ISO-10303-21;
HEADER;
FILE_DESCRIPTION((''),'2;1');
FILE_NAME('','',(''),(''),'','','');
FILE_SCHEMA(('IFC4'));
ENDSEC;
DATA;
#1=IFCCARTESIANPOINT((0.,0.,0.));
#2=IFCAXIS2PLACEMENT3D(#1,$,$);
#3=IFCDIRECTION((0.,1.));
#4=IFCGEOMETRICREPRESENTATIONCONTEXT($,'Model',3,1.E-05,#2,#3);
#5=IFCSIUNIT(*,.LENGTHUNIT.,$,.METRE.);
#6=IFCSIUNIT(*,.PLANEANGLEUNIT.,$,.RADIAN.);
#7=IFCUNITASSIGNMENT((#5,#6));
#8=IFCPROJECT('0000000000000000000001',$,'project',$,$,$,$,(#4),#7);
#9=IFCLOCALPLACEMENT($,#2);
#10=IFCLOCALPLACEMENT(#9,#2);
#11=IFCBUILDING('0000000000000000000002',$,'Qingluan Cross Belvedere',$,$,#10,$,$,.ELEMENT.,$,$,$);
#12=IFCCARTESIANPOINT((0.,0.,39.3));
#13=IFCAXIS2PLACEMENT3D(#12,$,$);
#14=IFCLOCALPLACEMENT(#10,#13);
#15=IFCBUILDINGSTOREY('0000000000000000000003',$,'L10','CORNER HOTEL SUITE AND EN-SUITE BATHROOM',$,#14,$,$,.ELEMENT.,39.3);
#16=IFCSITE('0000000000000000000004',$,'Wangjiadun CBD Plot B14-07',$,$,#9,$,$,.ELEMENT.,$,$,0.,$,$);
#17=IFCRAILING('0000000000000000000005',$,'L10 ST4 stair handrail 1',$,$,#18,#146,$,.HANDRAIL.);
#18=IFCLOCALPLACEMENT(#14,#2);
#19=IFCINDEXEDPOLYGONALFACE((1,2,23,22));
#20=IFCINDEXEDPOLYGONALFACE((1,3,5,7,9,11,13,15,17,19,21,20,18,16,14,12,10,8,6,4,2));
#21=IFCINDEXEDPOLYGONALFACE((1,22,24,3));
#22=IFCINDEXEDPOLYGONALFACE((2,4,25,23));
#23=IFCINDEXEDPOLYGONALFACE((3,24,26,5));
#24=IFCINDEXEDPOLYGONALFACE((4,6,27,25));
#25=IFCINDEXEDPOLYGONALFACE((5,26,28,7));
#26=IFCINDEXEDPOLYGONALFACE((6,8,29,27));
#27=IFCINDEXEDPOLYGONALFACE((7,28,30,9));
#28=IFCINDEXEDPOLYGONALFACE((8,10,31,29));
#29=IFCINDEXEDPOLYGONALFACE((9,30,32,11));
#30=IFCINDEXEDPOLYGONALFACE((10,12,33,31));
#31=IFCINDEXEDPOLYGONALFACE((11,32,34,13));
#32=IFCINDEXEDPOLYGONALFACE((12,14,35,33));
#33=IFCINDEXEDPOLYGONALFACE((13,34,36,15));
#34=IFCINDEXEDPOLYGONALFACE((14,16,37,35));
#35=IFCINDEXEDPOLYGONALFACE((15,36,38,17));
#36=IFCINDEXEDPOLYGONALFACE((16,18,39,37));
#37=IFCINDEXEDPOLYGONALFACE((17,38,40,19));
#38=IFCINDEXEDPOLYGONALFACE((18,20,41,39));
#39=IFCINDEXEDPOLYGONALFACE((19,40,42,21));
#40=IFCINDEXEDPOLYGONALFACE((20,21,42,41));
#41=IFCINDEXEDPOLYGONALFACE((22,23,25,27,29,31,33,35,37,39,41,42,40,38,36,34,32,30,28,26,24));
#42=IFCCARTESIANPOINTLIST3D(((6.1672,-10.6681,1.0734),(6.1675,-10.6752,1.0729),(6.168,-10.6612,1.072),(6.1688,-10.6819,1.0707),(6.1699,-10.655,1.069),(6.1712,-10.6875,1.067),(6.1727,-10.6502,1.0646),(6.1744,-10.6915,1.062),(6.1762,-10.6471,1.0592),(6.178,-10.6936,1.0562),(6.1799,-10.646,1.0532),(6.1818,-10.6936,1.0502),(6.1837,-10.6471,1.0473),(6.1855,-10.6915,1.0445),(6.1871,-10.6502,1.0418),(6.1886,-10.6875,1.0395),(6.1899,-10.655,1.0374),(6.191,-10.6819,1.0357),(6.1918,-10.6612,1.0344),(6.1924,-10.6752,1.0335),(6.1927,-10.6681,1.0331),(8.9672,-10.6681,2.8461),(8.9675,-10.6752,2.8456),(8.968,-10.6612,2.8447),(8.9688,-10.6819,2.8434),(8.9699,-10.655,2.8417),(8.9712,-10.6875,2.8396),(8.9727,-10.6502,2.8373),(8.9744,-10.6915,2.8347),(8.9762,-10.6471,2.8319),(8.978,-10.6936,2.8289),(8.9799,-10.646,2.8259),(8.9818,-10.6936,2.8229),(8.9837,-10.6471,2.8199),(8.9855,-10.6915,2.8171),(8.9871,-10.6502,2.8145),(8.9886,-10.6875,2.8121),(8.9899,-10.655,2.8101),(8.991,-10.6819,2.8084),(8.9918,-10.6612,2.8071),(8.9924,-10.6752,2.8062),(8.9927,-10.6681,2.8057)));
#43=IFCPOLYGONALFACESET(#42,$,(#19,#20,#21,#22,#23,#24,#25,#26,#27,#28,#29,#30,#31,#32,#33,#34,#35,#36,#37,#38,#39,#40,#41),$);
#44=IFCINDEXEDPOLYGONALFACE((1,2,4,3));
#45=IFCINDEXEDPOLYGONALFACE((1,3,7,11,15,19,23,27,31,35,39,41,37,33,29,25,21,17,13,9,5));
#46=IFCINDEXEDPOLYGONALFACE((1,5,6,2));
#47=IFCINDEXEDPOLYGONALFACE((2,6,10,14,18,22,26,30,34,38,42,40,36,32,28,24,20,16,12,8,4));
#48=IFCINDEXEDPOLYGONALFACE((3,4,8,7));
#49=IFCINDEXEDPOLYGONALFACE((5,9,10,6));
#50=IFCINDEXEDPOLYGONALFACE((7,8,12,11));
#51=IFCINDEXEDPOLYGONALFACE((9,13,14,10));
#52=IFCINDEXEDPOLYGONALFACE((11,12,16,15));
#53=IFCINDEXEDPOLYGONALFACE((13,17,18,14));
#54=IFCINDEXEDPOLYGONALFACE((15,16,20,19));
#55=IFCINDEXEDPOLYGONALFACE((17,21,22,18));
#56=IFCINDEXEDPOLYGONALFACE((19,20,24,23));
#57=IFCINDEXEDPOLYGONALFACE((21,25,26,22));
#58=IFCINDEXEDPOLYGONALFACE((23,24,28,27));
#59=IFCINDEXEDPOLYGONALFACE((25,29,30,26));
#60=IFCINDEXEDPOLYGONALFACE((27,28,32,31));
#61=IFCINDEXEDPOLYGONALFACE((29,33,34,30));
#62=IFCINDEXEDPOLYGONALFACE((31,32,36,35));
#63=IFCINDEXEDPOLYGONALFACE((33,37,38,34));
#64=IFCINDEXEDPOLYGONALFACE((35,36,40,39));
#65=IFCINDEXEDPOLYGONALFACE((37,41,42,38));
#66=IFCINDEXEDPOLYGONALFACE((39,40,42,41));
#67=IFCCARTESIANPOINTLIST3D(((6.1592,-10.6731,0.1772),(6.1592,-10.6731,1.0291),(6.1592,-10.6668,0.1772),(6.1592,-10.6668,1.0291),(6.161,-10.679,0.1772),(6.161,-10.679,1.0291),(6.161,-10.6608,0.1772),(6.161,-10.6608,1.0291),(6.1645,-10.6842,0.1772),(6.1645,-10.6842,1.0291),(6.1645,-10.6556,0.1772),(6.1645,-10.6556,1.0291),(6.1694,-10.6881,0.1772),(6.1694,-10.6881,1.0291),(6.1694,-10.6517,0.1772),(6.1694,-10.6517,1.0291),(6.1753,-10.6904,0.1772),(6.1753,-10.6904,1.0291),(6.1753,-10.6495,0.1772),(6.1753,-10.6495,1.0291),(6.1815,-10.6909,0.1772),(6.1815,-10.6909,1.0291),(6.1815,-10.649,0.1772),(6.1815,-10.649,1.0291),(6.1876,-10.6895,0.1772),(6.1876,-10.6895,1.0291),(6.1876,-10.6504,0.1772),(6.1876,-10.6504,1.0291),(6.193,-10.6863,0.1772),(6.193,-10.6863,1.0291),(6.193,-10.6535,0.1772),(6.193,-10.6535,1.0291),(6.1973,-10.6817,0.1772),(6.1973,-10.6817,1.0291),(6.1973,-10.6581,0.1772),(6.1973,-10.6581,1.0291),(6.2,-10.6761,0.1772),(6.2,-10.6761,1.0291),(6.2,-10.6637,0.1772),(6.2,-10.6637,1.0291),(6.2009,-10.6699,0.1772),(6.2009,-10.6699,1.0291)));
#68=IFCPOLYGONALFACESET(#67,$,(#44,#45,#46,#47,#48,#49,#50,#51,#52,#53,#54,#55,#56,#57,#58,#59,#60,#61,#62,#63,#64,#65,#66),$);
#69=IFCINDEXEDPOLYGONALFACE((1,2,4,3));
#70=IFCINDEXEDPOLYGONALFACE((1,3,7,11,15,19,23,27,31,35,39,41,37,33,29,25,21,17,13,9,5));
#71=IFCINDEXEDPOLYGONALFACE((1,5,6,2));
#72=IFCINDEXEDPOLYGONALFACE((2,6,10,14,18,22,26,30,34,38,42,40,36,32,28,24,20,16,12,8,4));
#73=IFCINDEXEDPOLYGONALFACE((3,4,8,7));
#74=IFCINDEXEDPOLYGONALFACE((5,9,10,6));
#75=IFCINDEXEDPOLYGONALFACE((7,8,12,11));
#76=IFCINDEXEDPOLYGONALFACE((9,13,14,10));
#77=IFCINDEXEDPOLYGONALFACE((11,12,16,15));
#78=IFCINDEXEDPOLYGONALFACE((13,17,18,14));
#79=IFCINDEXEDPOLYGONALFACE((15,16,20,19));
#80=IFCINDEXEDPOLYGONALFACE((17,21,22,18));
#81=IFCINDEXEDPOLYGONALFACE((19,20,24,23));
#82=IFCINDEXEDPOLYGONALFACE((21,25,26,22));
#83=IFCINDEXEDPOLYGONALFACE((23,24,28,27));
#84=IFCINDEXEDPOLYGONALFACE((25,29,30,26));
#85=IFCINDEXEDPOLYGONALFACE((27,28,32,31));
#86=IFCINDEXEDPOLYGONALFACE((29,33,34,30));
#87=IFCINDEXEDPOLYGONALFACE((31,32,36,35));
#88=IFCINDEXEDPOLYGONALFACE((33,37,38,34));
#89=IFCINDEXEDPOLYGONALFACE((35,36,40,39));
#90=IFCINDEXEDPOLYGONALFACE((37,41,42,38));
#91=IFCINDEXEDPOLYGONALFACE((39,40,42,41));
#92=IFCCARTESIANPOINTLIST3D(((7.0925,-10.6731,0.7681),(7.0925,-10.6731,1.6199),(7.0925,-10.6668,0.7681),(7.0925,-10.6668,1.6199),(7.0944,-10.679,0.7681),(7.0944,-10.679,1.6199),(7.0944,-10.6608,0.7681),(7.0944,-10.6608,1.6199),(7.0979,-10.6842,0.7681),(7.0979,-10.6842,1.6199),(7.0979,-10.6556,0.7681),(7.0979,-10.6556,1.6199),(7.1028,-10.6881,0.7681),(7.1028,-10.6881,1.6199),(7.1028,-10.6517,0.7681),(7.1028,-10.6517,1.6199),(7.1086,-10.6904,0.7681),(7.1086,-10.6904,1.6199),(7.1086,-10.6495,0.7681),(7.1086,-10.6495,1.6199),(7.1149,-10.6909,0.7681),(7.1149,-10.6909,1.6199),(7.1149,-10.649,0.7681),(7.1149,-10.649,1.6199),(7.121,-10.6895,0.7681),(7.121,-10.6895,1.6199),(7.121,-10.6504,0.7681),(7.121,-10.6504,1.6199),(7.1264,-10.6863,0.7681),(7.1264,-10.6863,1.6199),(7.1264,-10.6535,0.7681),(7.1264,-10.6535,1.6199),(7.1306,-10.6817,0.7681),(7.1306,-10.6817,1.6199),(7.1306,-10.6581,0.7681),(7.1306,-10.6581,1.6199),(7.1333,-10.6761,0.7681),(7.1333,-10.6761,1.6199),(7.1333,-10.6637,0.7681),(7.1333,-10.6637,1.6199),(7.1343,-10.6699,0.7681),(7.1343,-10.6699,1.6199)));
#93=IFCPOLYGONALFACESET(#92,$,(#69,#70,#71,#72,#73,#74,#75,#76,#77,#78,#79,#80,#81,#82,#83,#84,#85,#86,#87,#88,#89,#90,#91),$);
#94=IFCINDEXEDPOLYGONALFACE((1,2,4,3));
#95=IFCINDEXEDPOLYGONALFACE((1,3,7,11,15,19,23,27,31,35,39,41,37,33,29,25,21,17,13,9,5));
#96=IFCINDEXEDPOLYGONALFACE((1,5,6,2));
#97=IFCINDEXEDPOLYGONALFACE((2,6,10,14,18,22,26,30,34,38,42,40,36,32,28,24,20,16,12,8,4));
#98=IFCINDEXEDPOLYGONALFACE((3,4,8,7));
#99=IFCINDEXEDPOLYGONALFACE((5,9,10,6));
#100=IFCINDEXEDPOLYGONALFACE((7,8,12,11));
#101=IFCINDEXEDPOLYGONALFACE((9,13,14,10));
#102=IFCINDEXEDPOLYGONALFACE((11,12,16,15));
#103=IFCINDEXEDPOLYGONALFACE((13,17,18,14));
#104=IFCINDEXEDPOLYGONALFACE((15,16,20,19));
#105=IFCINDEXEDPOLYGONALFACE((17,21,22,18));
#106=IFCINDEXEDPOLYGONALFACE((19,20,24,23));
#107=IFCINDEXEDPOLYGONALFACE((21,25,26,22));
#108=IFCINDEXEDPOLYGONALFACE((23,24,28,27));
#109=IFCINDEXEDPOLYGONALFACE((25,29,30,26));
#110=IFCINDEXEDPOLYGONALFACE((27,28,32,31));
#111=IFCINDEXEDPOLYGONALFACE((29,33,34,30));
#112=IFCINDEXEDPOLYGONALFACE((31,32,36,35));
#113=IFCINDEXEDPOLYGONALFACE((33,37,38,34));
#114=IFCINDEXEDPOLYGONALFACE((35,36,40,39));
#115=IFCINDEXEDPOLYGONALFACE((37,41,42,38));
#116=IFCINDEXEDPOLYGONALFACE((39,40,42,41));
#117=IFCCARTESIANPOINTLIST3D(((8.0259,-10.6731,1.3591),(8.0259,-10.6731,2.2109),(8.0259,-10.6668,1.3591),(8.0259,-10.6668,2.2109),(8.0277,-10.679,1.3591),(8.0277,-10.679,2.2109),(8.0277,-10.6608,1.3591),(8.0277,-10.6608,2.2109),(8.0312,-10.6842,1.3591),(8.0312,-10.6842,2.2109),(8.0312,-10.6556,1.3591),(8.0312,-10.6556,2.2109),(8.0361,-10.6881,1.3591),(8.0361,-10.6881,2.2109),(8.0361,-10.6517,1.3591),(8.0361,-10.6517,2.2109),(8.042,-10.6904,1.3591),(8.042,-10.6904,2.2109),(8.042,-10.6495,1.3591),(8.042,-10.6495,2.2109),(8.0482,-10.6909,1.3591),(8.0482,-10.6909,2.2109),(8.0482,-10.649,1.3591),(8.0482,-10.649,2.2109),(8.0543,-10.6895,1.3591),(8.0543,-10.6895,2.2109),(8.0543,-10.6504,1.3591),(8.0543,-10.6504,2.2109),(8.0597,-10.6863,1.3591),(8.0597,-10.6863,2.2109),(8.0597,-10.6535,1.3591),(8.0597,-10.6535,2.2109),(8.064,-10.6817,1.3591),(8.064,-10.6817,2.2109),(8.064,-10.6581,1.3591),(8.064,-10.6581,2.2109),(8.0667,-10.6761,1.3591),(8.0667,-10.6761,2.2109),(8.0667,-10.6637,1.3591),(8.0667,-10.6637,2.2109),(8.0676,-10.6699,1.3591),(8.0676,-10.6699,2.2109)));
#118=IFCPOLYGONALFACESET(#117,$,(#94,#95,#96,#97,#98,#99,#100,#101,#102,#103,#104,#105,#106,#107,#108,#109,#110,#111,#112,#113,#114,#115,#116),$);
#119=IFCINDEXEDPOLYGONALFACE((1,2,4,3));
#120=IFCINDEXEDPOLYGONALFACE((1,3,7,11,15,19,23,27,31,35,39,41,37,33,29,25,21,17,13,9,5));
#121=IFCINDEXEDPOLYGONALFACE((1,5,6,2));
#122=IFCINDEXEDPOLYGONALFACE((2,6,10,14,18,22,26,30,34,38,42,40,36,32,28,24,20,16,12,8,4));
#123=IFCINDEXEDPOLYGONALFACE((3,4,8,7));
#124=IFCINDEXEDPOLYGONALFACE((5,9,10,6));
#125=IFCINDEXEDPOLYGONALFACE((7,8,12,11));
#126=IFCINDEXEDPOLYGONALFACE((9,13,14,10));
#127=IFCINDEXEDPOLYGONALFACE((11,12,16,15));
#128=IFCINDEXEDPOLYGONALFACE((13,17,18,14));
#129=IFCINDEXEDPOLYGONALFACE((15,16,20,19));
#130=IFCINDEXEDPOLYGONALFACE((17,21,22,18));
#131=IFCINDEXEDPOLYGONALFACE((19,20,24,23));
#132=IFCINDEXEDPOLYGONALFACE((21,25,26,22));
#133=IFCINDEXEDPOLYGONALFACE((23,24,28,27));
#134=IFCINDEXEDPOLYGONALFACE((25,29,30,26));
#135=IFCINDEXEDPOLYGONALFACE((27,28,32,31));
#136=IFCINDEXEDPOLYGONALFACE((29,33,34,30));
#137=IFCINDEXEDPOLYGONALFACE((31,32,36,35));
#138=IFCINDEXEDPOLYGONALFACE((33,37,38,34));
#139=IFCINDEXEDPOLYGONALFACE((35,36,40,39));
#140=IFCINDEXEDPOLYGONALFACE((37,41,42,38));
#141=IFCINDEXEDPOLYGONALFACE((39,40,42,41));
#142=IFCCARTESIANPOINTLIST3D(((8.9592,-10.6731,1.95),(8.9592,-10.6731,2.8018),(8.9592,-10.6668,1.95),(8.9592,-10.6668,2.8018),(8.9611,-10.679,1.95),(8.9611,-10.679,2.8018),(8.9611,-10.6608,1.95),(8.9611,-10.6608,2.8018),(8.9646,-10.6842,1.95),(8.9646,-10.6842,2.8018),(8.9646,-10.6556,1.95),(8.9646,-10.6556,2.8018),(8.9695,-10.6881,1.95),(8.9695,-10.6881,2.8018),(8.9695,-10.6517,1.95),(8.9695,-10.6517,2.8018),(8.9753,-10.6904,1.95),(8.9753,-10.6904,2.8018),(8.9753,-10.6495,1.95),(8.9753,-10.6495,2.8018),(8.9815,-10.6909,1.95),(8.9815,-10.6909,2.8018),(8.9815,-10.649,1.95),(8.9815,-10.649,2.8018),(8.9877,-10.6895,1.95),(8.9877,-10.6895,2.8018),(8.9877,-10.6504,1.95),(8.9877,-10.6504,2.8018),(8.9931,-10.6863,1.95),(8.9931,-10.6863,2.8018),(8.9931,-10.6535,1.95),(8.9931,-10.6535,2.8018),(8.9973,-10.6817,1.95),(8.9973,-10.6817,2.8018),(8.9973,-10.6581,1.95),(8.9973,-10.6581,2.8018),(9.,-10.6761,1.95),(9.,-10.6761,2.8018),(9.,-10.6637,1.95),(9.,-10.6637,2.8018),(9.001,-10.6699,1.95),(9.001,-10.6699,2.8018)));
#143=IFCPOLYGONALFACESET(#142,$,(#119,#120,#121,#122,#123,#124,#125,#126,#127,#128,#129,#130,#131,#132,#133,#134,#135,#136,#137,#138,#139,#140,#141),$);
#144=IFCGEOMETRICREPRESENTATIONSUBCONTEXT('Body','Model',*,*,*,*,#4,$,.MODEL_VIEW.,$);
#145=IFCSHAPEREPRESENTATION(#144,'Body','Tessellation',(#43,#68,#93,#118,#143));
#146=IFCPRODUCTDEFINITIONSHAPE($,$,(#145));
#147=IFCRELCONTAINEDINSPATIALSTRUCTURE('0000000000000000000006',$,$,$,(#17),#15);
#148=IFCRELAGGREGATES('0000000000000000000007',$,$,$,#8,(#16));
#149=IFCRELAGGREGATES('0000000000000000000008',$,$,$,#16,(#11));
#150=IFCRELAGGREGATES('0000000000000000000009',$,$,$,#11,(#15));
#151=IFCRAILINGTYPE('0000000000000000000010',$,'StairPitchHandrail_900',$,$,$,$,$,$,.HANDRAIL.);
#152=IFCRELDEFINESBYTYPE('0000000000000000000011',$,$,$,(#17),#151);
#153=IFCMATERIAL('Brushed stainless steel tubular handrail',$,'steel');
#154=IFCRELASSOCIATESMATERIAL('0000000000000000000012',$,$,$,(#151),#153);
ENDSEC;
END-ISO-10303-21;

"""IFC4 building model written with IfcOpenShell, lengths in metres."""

from ifc_helpers import new_model, si_unit, direction, frame, origin, origin_2d, place, context, subcontext, project, spatial, circle, extrude, material, type_object, element, save


model = new_model("IFC4")

# Units and contexts
model_context = context("Model", 3, precision=1e-05, world=origin(), true_north=direction((0.0, 1.0)))
body_context = subcontext(model_context, "Body", "Model", "MODEL_VIEW")
ifc_project = project(units=[si_unit("LENGTHUNIT", "METRE"), si_unit("PLANEANGLEUNIT", "RADIAN")], contexts=[model_context])

# Site, building, storey
site_placement = place(None, origin())
site = spatial("IfcSite", under=ifc_project, at=site_placement, Name="Wangjiadun CBD Plot B14-07", CompositionType="ELEMENT", RefElevation=0.0)
building_placement = place(site_placement, origin())
building = spatial("IfcBuilding", under=site, at=building_placement, Name="Qingluan Cross Belvedere", CompositionType="ELEMENT")
storey_placement = place(building_placement, frame((0.0, 0.0, 39.3)))
storey = spatial("IfcBuildingStorey", under=building, at=storey_placement, Name="L10", Description="CORNER HOTEL SUITE AND EN-SUITE BATHROOM", CompositionType="ELEMENT", Elevation=39.3)

# Railing
ifc_material_1 = material(Name="Brushed stainless steel tubular handrail", Category="steel")
railing_type_1 = type_object("IfcRailingType", Name="StairPitchHandrail_900", PredefinedType="HANDRAIL", material=ifc_material_1)
for number, where, name in (
    (1, (6.1799, -10.6699, 0.1772), "L10 ST4 stair handrail 1"),
):
    element("IfcRailing", number, at=place(storey_placement, frame(where)), inside=storey, type_object=railing_type_1, Name=name, PredefinedType="HANDRAIL", context=body_context, shape_type="SweptSolid", body=[
        extrude(circle(Radius=0.0239, at=origin_2d()), frame((0.0, 0.0, 0.876), z_axis=(0.844909, 0.0, 0.53491), x_axis=(0.0, 1.0, 0.0)), (0.0, 0.0, 1.0), 3.314),
        extrude(circle(Radius=0.021, at=origin_2d()), origin(), (0.0, 0.0, 1.0), 0.8518),
        extrude(circle(Radius=0.021, at=origin_2d()), frame((0.9333, 0.0, 0.5908)), (0.0, 0.0, 1.0), 0.8518),
        extrude(circle(Radius=0.021, at=origin_2d()), frame((1.8667, 0.0, 1.1819)), (0.0, 0.0, 1.0), 0.8518),
        extrude(circle(Radius=0.021, at=origin_2d()), frame((2.8, 0.0, 1.7727)), (0.0, 0.0, 1.0), 0.8518),
    ])

save(model, "model.ifc")
